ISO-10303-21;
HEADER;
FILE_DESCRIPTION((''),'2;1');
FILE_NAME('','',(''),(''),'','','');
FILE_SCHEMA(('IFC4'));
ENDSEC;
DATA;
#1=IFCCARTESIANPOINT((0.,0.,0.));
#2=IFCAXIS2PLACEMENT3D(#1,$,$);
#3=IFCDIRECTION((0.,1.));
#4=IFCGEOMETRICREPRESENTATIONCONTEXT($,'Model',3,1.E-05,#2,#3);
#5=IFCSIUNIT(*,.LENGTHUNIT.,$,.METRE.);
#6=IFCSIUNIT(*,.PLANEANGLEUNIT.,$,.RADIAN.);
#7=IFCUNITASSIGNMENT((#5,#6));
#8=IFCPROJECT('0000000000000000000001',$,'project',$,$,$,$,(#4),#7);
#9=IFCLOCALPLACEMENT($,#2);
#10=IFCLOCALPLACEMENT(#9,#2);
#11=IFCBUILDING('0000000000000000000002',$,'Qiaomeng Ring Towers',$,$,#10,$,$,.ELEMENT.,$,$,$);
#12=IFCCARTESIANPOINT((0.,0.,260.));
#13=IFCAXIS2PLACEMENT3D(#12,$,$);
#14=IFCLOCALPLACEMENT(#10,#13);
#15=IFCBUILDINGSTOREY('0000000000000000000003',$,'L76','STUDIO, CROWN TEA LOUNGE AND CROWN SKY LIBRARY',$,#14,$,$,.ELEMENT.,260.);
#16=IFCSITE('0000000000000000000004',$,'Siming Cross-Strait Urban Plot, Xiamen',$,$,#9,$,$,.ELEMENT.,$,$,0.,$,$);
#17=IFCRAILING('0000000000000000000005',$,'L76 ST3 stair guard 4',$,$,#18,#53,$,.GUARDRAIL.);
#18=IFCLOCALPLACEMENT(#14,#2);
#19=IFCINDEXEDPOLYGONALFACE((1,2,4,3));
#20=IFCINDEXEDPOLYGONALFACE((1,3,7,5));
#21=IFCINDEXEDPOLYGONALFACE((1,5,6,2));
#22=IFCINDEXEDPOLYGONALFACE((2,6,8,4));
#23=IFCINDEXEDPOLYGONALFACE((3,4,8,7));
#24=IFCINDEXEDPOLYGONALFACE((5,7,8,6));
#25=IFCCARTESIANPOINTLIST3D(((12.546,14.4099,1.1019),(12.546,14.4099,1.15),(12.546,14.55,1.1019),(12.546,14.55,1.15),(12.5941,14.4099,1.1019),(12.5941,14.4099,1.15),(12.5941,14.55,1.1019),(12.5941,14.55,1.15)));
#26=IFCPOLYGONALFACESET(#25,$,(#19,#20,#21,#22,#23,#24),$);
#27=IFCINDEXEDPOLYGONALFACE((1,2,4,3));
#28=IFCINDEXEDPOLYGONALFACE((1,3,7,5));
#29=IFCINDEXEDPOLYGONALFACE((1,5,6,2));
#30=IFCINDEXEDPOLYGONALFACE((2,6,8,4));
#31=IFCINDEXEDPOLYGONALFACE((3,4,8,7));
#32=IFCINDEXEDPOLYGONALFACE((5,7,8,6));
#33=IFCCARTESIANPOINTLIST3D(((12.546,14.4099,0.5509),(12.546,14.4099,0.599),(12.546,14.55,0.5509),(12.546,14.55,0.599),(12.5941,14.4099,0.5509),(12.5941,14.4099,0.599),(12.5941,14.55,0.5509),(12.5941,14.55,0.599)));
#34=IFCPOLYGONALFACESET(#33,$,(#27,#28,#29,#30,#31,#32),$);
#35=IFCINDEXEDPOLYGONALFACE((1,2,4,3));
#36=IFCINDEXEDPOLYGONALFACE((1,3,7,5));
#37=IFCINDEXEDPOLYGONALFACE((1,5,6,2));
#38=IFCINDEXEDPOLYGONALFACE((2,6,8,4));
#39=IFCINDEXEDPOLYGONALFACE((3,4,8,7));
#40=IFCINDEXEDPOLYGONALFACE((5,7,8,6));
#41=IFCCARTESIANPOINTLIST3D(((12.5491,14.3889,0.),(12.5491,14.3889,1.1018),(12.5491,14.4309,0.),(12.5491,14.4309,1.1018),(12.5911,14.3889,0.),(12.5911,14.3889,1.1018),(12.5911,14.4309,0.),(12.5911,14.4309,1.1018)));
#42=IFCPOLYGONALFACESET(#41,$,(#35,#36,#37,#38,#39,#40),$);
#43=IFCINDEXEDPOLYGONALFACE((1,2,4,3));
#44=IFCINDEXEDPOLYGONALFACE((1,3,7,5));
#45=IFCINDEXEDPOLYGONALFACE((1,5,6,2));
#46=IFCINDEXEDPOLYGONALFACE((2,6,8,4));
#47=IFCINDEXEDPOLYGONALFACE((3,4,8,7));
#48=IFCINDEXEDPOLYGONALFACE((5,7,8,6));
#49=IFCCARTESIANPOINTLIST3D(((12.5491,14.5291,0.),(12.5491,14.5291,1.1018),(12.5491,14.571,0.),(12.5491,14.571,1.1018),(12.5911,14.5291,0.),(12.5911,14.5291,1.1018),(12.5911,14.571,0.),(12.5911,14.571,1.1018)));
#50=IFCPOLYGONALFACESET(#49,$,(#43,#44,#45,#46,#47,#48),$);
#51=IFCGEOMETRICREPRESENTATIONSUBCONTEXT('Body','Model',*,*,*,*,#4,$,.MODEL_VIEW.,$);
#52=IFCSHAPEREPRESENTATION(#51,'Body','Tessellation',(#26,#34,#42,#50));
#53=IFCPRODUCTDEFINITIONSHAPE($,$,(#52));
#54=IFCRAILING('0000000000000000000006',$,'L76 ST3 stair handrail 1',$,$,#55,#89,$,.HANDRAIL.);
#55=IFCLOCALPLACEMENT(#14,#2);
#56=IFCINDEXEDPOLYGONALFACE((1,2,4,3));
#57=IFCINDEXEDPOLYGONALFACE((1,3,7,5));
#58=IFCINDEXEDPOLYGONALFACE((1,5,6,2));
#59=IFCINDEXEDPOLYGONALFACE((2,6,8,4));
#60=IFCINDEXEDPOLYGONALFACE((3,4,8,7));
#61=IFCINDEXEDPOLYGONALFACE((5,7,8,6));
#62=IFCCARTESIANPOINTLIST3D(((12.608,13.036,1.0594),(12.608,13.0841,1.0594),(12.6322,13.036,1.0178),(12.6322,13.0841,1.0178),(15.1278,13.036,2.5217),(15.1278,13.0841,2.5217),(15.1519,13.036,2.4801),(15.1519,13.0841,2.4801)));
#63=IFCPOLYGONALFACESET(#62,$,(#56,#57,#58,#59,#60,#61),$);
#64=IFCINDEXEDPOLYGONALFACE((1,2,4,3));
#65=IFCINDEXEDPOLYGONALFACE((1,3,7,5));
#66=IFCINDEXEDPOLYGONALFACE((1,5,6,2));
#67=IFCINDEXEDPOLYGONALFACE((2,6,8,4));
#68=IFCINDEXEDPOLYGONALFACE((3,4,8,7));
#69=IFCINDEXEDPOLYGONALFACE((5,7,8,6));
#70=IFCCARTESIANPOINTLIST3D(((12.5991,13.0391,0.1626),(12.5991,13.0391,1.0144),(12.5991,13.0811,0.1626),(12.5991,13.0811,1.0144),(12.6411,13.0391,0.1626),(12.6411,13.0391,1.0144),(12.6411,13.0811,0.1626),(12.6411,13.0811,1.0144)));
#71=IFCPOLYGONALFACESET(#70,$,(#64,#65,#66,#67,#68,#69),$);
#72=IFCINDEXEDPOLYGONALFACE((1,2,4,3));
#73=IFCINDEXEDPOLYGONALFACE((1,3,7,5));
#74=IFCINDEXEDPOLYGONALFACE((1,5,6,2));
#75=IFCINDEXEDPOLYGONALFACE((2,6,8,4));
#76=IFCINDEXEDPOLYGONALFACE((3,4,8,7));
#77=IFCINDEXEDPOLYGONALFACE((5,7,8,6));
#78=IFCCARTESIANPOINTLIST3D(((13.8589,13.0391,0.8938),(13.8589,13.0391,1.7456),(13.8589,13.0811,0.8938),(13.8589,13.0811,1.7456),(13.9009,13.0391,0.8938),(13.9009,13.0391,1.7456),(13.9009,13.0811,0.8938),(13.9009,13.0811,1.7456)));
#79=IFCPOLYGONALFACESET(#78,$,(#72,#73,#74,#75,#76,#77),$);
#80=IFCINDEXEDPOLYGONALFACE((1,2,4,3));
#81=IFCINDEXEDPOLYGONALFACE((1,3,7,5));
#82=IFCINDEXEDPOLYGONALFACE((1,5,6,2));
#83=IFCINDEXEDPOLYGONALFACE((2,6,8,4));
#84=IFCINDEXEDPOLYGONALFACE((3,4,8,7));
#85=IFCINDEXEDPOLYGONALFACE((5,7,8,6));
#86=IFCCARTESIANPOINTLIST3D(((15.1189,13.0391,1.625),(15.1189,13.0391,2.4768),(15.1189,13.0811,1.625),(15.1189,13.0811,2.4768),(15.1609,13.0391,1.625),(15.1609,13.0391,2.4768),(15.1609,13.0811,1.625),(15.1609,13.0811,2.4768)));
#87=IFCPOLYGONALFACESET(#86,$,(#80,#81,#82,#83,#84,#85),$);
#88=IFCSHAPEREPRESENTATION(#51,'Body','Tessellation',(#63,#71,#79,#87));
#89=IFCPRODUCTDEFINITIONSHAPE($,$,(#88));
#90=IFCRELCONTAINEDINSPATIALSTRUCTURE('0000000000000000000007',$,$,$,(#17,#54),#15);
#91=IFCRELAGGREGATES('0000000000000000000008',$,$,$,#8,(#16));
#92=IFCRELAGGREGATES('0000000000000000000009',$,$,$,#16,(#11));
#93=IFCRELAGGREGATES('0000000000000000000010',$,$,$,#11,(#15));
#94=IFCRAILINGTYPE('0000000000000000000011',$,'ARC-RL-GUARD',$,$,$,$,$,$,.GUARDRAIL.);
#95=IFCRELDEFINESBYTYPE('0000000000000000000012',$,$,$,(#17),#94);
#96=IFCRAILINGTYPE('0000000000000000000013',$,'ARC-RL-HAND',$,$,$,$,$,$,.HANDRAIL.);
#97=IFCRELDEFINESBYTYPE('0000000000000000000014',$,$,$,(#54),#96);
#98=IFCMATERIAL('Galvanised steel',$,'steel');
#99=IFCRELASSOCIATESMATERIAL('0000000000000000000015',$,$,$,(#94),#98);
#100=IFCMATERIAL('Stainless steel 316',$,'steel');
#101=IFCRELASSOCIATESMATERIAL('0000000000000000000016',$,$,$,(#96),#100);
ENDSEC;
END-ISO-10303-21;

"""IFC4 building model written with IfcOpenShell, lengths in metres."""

from ifc_helpers import new_model, si_unit, direction, frame, origin, origin_2d, place, context, subcontext, project, spatial, rectangle, extrude, material, type_object, element, save


model = new_model("IFC4")

# Units and contexts
model_context = context("Model", 3, precision=1e-05, world=origin(), true_north=direction((0.0, 1.0)))
body_context = subcontext(model_context, "Body", "Model", "MODEL_VIEW")
ifc_project = project(units=[si_unit("LENGTHUNIT", "METRE"), si_unit("PLANEANGLEUNIT", "RADIAN")], contexts=[model_context])

# Site, building, storey
site_placement = place(None, origin())
site = spatial("IfcSite", under=ifc_project, at=site_placement, Name="Siming Cross-Strait Urban Plot, Xiamen", CompositionType="ELEMENT", RefElevation=0.0)
building_placement = place(site_placement, origin())
building = spatial("IfcBuilding", under=site, at=building_placement, Name="Qiaomeng Ring Towers", CompositionType="ELEMENT")
storey_placement = place(building_placement, frame((0.0, 0.0, 260.0)))
storey = spatial("IfcBuildingStorey", under=building, at=storey_placement, Name="L76", Description="STUDIO, CROWN TEA LOUNGE AND CROWN SKY LIBRARY", CompositionType="ELEMENT", Elevation=260.0)

# Shared definitions
ifc_material_1 = material(Name="Galvanised steel", Category="steel")

# Railings
railing_type_1 = type_object("IfcRailingType", Name="ARC-RL-GUARD", PredefinedType="GUARDRAIL", material=ifc_material_1)
railing_1_placement = place(storey_placement, frame((12.5701, 14.4099, 0.0)))
element("IfcRailing", 1, at=railing_1_placement, inside=storey, type_object=railing_type_1, Name="L76 ST3 stair guard 4", PredefinedType="GUARDRAIL", context=body_context, shape_type="SweptSolid", body=[
    extrude(rectangle(XDim=0.0481, YDim=0.0481, at=origin_2d()), frame((0.0, 0.0, 1.126), z_axis=(0.0, 1.0, 0.0), x_axis=(-1.0, 0.0, 0.0)), (0.0, 0.0, 1.0), 0.1401),
    extrude(rectangle(XDim=0.0481, YDim=0.0481, at=origin_2d()), frame((0.0, 0.0, 0.575), z_axis=(0.0, 1.0, 0.0), x_axis=(-1.0, 0.0, 0.0)), (0.0, 0.0, 1.0), 0.1401),
    extrude(rectangle(XDim=0.042, YDim=0.042, at=origin_2d()), origin(), (0.0, 0.0, 1.0), 1.1018),
    extrude(rectangle(XDim=0.042, YDim=0.042, at=origin_2d()), frame((0.0, 0.1401, 0.0)), (0.0, 0.0, 1.0), 1.1018),
])
ifc_material_2 = material(Name="Stainless steel 316", Category="steel")
railing_type_2 = type_object("IfcRailingType", Name="ARC-RL-HAND", PredefinedType="HANDRAIL", material=ifc_material_2)
railing_2_placement = place(storey_placement, frame((12.6201, 13.0601, 0.1626)))
element("IfcRailing", 2, at=railing_2_placement, inside=storey, type_object=railing_type_2, Name="L76 ST3 stair handrail 1", PredefinedType="HANDRAIL", context=body_context, shape_type="SweptSolid", body=[
    extrude(rectangle(XDim=0.0481, YDim=0.0481, at=origin_2d()), frame((0.0, 0.0, 0.876), z_axis=(0.864892, 0.0, 0.501958), x_axis=(0.0, 1.0, 0.0)), (0.0, 0.0, 1.0), 2.9133),
    extrude(rectangle(XDim=0.042, YDim=0.042, at=origin_2d()), origin(), (0.0, 0.0, 1.0), 0.8518),
    extrude(rectangle(XDim=0.042, YDim=0.042, at=origin_2d()), frame((1.2598, 0.0, 0.7312)), (0.0, 0.0, 1.0), 0.8518),
    extrude(rectangle(XDim=0.042, YDim=0.042, at=origin_2d()), frame((2.5198, 0.0, 1.4624)), (0.0, 0.0, 1.0), 0.8518),
])

save(model, "model.ifc")
